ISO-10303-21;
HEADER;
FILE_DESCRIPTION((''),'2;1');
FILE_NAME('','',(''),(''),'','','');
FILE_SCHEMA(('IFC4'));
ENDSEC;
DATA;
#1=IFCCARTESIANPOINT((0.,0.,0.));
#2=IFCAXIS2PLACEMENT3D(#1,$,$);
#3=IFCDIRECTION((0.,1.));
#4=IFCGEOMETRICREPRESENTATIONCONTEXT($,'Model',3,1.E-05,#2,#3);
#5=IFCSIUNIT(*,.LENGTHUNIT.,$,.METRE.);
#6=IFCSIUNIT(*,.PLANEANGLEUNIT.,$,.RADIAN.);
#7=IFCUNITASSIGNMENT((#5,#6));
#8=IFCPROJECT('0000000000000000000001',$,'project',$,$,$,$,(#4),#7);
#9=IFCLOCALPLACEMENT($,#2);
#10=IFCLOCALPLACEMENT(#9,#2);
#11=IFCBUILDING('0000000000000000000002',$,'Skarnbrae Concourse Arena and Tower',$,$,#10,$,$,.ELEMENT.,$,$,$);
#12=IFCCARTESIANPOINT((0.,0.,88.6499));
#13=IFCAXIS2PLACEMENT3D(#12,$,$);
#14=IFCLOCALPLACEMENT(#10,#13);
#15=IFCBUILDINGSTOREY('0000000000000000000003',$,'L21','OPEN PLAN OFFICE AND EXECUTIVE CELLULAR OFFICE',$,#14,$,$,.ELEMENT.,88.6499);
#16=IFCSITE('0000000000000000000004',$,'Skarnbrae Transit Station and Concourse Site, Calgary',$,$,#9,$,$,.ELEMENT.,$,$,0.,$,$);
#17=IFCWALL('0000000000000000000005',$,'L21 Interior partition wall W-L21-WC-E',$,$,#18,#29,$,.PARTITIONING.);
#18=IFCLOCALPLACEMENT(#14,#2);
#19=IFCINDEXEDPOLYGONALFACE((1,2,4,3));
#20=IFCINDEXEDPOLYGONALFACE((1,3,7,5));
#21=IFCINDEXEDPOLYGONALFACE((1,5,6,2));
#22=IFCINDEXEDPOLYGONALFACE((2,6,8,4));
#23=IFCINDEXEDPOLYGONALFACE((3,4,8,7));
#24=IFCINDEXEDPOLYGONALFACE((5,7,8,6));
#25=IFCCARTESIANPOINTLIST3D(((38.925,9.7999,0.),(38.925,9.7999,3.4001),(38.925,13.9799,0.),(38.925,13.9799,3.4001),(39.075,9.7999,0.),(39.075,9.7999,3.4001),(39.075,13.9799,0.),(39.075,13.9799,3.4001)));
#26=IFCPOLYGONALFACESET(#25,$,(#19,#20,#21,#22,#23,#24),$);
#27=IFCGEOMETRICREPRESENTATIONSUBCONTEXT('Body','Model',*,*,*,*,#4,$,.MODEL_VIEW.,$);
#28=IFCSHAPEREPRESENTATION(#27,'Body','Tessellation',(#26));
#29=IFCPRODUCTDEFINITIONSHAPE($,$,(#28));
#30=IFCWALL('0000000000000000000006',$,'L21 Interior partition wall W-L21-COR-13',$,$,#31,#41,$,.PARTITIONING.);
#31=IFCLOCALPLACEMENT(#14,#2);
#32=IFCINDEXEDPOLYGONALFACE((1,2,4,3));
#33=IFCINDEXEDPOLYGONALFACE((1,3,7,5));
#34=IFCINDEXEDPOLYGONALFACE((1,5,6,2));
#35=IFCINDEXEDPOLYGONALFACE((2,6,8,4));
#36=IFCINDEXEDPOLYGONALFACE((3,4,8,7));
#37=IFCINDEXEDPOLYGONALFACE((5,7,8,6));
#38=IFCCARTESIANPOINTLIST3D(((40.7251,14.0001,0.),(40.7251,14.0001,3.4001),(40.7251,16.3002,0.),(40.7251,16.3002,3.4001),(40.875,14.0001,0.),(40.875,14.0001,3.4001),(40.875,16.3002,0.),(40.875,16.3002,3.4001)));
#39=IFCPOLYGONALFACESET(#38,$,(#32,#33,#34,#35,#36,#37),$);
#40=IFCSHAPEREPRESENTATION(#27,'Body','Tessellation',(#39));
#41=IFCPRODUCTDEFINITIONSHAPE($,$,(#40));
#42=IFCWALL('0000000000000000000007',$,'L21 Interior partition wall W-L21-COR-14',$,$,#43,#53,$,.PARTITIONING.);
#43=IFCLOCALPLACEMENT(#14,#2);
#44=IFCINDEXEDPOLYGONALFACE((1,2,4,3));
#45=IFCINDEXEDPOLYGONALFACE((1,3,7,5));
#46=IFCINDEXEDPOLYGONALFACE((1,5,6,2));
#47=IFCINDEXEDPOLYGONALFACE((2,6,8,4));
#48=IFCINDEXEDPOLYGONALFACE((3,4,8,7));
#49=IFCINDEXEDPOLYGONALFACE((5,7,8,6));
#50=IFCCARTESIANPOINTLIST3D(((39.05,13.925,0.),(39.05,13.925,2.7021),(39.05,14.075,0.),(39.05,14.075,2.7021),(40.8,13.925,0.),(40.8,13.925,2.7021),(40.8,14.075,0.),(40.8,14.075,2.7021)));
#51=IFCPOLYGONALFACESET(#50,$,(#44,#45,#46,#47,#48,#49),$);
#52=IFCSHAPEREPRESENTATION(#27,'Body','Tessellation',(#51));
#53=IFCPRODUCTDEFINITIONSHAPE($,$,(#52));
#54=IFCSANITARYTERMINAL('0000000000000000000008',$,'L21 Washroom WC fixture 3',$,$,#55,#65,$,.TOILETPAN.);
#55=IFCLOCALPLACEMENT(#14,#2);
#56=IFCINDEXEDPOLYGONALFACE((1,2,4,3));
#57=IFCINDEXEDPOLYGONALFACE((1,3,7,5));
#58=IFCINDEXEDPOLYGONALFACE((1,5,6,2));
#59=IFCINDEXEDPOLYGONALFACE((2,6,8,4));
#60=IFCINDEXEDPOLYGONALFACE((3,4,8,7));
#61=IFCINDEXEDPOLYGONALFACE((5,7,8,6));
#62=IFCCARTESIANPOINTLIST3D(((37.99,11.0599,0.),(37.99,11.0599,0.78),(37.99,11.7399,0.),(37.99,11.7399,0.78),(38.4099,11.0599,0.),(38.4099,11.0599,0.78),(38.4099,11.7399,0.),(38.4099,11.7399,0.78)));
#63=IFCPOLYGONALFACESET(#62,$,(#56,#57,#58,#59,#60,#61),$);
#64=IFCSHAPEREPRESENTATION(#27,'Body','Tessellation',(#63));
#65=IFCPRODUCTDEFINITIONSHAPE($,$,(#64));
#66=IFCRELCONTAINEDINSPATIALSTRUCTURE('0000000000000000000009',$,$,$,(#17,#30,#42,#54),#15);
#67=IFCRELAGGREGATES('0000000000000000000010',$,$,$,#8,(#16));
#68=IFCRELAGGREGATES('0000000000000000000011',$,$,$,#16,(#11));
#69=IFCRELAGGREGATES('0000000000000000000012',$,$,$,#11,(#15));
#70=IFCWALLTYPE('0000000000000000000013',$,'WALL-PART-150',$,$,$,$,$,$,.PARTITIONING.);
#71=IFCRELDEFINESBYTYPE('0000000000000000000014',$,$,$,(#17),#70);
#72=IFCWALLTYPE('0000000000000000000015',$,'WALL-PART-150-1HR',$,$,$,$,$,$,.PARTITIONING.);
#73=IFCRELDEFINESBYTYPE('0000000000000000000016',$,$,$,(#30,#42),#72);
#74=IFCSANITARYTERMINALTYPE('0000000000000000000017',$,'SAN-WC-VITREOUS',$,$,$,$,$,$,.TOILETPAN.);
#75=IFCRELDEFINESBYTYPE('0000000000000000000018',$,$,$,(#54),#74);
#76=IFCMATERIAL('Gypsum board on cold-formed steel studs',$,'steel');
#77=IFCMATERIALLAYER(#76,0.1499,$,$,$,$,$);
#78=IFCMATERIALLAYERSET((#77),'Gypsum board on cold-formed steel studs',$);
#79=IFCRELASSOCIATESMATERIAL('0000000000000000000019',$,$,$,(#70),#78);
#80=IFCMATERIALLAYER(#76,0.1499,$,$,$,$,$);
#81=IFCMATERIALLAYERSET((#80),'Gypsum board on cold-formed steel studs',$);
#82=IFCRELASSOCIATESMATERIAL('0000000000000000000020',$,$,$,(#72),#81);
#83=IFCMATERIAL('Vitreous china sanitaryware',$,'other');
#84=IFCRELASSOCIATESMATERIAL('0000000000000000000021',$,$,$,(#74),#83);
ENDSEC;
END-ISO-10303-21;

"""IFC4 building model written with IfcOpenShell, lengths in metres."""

from ifc_helpers import new_model, si_unit, direction, frame, frame_2d, origin, origin_2d, place, context, subcontext, project, spatial, rectangle, extrude, source, transform, mapped, material, layer, layer_set, type_object, element, save


model = new_model("IFC4")

# Units and contexts
model_context = context("Model", 3, precision=1e-05, world=origin(), true_north=direction((0.0, 1.0)))
body_context = subcontext(model_context, "Body", "Model", "MODEL_VIEW")
ifc_project = project(units=[si_unit("LENGTHUNIT", "METRE"), si_unit("PLANEANGLEUNIT", "RADIAN")], contexts=[model_context])

# Site, building, storey
site_placement = place(None, origin())
site = spatial("IfcSite", under=ifc_project, at=site_placement, Name="Skarnbrae Transit Station and Concourse Site, Calgary", CompositionType="ELEMENT", RefElevation=0.0)
building_placement = place(site_placement, origin())
building = spatial("IfcBuilding", under=site, at=building_placement, Name="Skarnbrae Concourse Arena and Tower", CompositionType="ELEMENT")
storey_placement = place(building_placement, frame((0.0, 0.0, 88.6499)))
storey = spatial("IfcBuildingStorey", under=building, at=storey_placement, Name="L21", Description="OPEN PLAN OFFICE AND EXECUTIVE CELLULAR OFFICE", CompositionType="ELEMENT", Elevation=88.6499)

# Walls
ifc_material_1 = material(Name="Gypsum board on cold-formed steel studs", Category="steel")
ifc_layer_1 = layer(ifc_material_1, 0.1499)
ifc_layer_set_1 = layer_set([ifc_layer_1], Name="Gypsum board on cold-formed steel studs")
wall_type_1 = type_object("IfcWallType", Name="WALL-PART-150", PredefinedType="PARTITIONING", material=ifc_layer_set_1)
shared_shape_1 = source(origin(), body_context, "Body", "SweptSolid", [
    extrude(rectangle(XDim=4.1799, YDim=0.1499, at=frame_2d((2.0898, 0.0))), origin(), (0.0, 0.0, 1.0), 3.4001),
])
wall_1_placement = place(storey_placement, frame((39.0, 9.8, 0.0), z_axis=(0.0, 0.0, 1.0), x_axis=(0.0, 1.0, 0.0)))
element("IfcWall", 1, at=wall_1_placement, inside=storey, type_object=wall_type_1, Name="L21 Interior partition wall W-L21-WC-E", PredefinedType="PARTITIONING", context=body_context, shape_type="MappedRepresentation", body=[
    mapped(shared_shape_1, transform((0.0, 0.0, 0.0))),
])
ifc_layer_2 = layer(ifc_material_1, 0.1499)
ifc_layer_set_2 = layer_set([ifc_layer_2], Name="Gypsum board on cold-formed steel studs")
wall_type_2 = type_object("IfcWallType", Name="WALL-PART-150-1HR", PredefinedType="PARTITIONING", material=ifc_layer_set_2)
shared_shape_2 = source(origin(), body_context, "Body", "SweptSolid", [
    extrude(rectangle(XDim=2.3, YDim=0.1499, at=frame_2d((1.1499, 0.0))), origin(), (0.0, 0.0, 1.0), 3.4001),
])
wall_2_placement = place(storey_placement, frame((40.8, 16.3, 0.0), z_axis=(0.0, 0.0, 1.0), x_axis=(0.0, -1.0, 0.0)))
element("IfcWall", 2, at=wall_2_placement, inside=storey, type_object=wall_type_2, Name="L21 Interior partition wall W-L21-COR-13", PredefinedType="PARTITIONING", context=body_context, shape_type="MappedRepresentation", body=[
    mapped(shared_shape_2, transform((0.0, 0.0, 0.0))),
])
shared_shape_3 = source(origin(), body_context, "Body", "SweptSolid", [
    extrude(rectangle(XDim=1.75, YDim=0.1499, at=frame_2d((0.875, 0.0))), origin(), (0.0, 0.0, 1.0), 2.7021),
])
wall_3_placement = place(storey_placement, frame((40.8, 14.0, 0.0), z_axis=(0.0, 0.0, 1.0), x_axis=(-1.0, 0.0, 0.0)))
element("IfcWall", 3, at=wall_3_placement, inside=storey, type_object=wall_type_2, Name="L21 Interior partition wall W-L21-COR-14", PredefinedType="PARTITIONING", context=body_context, shape_type="MappedRepresentation", body=[
    mapped(shared_shape_3, transform((0.0, 0.0, 0.0))),
])

# Sanitary terminal
ifc_material_2 = material(Name="Vitreous china sanitaryware", Category="other")
sanitary_terminal_type = type_object("IfcSanitaryTerminalType", Name="SAN-WC-VITREOUS", PredefinedType="TOILETPAN", material=ifc_material_2)
shared_shape_4 = source(origin(), body_context, "Body", "SweptSolid", [
    extrude(rectangle(XDim=0.4199, YDim=0.6799, at=origin_2d()), origin(), (0.0, 0.0, 1.0), 0.78),
])
sanitary_terminal_placement = place(storey_placement, frame((38.2, 11.3999, 0.0), z_axis=(0.0, 0.0, 1.0), x_axis=(1.0, 0.0, 0.0)))
element("IfcSanitaryTerminal", 4, at=sanitary_terminal_placement, inside=storey, type_object=sanitary_terminal_type, Name="L21 Washroom WC fixture 3", PredefinedType="TOILETPAN", context=body_context, shape_type="MappedRepresentation", body=[
    mapped(shared_shape_4, transform((0.0, 0.0, 0.0))),
])

save(model, "model.ifc")
